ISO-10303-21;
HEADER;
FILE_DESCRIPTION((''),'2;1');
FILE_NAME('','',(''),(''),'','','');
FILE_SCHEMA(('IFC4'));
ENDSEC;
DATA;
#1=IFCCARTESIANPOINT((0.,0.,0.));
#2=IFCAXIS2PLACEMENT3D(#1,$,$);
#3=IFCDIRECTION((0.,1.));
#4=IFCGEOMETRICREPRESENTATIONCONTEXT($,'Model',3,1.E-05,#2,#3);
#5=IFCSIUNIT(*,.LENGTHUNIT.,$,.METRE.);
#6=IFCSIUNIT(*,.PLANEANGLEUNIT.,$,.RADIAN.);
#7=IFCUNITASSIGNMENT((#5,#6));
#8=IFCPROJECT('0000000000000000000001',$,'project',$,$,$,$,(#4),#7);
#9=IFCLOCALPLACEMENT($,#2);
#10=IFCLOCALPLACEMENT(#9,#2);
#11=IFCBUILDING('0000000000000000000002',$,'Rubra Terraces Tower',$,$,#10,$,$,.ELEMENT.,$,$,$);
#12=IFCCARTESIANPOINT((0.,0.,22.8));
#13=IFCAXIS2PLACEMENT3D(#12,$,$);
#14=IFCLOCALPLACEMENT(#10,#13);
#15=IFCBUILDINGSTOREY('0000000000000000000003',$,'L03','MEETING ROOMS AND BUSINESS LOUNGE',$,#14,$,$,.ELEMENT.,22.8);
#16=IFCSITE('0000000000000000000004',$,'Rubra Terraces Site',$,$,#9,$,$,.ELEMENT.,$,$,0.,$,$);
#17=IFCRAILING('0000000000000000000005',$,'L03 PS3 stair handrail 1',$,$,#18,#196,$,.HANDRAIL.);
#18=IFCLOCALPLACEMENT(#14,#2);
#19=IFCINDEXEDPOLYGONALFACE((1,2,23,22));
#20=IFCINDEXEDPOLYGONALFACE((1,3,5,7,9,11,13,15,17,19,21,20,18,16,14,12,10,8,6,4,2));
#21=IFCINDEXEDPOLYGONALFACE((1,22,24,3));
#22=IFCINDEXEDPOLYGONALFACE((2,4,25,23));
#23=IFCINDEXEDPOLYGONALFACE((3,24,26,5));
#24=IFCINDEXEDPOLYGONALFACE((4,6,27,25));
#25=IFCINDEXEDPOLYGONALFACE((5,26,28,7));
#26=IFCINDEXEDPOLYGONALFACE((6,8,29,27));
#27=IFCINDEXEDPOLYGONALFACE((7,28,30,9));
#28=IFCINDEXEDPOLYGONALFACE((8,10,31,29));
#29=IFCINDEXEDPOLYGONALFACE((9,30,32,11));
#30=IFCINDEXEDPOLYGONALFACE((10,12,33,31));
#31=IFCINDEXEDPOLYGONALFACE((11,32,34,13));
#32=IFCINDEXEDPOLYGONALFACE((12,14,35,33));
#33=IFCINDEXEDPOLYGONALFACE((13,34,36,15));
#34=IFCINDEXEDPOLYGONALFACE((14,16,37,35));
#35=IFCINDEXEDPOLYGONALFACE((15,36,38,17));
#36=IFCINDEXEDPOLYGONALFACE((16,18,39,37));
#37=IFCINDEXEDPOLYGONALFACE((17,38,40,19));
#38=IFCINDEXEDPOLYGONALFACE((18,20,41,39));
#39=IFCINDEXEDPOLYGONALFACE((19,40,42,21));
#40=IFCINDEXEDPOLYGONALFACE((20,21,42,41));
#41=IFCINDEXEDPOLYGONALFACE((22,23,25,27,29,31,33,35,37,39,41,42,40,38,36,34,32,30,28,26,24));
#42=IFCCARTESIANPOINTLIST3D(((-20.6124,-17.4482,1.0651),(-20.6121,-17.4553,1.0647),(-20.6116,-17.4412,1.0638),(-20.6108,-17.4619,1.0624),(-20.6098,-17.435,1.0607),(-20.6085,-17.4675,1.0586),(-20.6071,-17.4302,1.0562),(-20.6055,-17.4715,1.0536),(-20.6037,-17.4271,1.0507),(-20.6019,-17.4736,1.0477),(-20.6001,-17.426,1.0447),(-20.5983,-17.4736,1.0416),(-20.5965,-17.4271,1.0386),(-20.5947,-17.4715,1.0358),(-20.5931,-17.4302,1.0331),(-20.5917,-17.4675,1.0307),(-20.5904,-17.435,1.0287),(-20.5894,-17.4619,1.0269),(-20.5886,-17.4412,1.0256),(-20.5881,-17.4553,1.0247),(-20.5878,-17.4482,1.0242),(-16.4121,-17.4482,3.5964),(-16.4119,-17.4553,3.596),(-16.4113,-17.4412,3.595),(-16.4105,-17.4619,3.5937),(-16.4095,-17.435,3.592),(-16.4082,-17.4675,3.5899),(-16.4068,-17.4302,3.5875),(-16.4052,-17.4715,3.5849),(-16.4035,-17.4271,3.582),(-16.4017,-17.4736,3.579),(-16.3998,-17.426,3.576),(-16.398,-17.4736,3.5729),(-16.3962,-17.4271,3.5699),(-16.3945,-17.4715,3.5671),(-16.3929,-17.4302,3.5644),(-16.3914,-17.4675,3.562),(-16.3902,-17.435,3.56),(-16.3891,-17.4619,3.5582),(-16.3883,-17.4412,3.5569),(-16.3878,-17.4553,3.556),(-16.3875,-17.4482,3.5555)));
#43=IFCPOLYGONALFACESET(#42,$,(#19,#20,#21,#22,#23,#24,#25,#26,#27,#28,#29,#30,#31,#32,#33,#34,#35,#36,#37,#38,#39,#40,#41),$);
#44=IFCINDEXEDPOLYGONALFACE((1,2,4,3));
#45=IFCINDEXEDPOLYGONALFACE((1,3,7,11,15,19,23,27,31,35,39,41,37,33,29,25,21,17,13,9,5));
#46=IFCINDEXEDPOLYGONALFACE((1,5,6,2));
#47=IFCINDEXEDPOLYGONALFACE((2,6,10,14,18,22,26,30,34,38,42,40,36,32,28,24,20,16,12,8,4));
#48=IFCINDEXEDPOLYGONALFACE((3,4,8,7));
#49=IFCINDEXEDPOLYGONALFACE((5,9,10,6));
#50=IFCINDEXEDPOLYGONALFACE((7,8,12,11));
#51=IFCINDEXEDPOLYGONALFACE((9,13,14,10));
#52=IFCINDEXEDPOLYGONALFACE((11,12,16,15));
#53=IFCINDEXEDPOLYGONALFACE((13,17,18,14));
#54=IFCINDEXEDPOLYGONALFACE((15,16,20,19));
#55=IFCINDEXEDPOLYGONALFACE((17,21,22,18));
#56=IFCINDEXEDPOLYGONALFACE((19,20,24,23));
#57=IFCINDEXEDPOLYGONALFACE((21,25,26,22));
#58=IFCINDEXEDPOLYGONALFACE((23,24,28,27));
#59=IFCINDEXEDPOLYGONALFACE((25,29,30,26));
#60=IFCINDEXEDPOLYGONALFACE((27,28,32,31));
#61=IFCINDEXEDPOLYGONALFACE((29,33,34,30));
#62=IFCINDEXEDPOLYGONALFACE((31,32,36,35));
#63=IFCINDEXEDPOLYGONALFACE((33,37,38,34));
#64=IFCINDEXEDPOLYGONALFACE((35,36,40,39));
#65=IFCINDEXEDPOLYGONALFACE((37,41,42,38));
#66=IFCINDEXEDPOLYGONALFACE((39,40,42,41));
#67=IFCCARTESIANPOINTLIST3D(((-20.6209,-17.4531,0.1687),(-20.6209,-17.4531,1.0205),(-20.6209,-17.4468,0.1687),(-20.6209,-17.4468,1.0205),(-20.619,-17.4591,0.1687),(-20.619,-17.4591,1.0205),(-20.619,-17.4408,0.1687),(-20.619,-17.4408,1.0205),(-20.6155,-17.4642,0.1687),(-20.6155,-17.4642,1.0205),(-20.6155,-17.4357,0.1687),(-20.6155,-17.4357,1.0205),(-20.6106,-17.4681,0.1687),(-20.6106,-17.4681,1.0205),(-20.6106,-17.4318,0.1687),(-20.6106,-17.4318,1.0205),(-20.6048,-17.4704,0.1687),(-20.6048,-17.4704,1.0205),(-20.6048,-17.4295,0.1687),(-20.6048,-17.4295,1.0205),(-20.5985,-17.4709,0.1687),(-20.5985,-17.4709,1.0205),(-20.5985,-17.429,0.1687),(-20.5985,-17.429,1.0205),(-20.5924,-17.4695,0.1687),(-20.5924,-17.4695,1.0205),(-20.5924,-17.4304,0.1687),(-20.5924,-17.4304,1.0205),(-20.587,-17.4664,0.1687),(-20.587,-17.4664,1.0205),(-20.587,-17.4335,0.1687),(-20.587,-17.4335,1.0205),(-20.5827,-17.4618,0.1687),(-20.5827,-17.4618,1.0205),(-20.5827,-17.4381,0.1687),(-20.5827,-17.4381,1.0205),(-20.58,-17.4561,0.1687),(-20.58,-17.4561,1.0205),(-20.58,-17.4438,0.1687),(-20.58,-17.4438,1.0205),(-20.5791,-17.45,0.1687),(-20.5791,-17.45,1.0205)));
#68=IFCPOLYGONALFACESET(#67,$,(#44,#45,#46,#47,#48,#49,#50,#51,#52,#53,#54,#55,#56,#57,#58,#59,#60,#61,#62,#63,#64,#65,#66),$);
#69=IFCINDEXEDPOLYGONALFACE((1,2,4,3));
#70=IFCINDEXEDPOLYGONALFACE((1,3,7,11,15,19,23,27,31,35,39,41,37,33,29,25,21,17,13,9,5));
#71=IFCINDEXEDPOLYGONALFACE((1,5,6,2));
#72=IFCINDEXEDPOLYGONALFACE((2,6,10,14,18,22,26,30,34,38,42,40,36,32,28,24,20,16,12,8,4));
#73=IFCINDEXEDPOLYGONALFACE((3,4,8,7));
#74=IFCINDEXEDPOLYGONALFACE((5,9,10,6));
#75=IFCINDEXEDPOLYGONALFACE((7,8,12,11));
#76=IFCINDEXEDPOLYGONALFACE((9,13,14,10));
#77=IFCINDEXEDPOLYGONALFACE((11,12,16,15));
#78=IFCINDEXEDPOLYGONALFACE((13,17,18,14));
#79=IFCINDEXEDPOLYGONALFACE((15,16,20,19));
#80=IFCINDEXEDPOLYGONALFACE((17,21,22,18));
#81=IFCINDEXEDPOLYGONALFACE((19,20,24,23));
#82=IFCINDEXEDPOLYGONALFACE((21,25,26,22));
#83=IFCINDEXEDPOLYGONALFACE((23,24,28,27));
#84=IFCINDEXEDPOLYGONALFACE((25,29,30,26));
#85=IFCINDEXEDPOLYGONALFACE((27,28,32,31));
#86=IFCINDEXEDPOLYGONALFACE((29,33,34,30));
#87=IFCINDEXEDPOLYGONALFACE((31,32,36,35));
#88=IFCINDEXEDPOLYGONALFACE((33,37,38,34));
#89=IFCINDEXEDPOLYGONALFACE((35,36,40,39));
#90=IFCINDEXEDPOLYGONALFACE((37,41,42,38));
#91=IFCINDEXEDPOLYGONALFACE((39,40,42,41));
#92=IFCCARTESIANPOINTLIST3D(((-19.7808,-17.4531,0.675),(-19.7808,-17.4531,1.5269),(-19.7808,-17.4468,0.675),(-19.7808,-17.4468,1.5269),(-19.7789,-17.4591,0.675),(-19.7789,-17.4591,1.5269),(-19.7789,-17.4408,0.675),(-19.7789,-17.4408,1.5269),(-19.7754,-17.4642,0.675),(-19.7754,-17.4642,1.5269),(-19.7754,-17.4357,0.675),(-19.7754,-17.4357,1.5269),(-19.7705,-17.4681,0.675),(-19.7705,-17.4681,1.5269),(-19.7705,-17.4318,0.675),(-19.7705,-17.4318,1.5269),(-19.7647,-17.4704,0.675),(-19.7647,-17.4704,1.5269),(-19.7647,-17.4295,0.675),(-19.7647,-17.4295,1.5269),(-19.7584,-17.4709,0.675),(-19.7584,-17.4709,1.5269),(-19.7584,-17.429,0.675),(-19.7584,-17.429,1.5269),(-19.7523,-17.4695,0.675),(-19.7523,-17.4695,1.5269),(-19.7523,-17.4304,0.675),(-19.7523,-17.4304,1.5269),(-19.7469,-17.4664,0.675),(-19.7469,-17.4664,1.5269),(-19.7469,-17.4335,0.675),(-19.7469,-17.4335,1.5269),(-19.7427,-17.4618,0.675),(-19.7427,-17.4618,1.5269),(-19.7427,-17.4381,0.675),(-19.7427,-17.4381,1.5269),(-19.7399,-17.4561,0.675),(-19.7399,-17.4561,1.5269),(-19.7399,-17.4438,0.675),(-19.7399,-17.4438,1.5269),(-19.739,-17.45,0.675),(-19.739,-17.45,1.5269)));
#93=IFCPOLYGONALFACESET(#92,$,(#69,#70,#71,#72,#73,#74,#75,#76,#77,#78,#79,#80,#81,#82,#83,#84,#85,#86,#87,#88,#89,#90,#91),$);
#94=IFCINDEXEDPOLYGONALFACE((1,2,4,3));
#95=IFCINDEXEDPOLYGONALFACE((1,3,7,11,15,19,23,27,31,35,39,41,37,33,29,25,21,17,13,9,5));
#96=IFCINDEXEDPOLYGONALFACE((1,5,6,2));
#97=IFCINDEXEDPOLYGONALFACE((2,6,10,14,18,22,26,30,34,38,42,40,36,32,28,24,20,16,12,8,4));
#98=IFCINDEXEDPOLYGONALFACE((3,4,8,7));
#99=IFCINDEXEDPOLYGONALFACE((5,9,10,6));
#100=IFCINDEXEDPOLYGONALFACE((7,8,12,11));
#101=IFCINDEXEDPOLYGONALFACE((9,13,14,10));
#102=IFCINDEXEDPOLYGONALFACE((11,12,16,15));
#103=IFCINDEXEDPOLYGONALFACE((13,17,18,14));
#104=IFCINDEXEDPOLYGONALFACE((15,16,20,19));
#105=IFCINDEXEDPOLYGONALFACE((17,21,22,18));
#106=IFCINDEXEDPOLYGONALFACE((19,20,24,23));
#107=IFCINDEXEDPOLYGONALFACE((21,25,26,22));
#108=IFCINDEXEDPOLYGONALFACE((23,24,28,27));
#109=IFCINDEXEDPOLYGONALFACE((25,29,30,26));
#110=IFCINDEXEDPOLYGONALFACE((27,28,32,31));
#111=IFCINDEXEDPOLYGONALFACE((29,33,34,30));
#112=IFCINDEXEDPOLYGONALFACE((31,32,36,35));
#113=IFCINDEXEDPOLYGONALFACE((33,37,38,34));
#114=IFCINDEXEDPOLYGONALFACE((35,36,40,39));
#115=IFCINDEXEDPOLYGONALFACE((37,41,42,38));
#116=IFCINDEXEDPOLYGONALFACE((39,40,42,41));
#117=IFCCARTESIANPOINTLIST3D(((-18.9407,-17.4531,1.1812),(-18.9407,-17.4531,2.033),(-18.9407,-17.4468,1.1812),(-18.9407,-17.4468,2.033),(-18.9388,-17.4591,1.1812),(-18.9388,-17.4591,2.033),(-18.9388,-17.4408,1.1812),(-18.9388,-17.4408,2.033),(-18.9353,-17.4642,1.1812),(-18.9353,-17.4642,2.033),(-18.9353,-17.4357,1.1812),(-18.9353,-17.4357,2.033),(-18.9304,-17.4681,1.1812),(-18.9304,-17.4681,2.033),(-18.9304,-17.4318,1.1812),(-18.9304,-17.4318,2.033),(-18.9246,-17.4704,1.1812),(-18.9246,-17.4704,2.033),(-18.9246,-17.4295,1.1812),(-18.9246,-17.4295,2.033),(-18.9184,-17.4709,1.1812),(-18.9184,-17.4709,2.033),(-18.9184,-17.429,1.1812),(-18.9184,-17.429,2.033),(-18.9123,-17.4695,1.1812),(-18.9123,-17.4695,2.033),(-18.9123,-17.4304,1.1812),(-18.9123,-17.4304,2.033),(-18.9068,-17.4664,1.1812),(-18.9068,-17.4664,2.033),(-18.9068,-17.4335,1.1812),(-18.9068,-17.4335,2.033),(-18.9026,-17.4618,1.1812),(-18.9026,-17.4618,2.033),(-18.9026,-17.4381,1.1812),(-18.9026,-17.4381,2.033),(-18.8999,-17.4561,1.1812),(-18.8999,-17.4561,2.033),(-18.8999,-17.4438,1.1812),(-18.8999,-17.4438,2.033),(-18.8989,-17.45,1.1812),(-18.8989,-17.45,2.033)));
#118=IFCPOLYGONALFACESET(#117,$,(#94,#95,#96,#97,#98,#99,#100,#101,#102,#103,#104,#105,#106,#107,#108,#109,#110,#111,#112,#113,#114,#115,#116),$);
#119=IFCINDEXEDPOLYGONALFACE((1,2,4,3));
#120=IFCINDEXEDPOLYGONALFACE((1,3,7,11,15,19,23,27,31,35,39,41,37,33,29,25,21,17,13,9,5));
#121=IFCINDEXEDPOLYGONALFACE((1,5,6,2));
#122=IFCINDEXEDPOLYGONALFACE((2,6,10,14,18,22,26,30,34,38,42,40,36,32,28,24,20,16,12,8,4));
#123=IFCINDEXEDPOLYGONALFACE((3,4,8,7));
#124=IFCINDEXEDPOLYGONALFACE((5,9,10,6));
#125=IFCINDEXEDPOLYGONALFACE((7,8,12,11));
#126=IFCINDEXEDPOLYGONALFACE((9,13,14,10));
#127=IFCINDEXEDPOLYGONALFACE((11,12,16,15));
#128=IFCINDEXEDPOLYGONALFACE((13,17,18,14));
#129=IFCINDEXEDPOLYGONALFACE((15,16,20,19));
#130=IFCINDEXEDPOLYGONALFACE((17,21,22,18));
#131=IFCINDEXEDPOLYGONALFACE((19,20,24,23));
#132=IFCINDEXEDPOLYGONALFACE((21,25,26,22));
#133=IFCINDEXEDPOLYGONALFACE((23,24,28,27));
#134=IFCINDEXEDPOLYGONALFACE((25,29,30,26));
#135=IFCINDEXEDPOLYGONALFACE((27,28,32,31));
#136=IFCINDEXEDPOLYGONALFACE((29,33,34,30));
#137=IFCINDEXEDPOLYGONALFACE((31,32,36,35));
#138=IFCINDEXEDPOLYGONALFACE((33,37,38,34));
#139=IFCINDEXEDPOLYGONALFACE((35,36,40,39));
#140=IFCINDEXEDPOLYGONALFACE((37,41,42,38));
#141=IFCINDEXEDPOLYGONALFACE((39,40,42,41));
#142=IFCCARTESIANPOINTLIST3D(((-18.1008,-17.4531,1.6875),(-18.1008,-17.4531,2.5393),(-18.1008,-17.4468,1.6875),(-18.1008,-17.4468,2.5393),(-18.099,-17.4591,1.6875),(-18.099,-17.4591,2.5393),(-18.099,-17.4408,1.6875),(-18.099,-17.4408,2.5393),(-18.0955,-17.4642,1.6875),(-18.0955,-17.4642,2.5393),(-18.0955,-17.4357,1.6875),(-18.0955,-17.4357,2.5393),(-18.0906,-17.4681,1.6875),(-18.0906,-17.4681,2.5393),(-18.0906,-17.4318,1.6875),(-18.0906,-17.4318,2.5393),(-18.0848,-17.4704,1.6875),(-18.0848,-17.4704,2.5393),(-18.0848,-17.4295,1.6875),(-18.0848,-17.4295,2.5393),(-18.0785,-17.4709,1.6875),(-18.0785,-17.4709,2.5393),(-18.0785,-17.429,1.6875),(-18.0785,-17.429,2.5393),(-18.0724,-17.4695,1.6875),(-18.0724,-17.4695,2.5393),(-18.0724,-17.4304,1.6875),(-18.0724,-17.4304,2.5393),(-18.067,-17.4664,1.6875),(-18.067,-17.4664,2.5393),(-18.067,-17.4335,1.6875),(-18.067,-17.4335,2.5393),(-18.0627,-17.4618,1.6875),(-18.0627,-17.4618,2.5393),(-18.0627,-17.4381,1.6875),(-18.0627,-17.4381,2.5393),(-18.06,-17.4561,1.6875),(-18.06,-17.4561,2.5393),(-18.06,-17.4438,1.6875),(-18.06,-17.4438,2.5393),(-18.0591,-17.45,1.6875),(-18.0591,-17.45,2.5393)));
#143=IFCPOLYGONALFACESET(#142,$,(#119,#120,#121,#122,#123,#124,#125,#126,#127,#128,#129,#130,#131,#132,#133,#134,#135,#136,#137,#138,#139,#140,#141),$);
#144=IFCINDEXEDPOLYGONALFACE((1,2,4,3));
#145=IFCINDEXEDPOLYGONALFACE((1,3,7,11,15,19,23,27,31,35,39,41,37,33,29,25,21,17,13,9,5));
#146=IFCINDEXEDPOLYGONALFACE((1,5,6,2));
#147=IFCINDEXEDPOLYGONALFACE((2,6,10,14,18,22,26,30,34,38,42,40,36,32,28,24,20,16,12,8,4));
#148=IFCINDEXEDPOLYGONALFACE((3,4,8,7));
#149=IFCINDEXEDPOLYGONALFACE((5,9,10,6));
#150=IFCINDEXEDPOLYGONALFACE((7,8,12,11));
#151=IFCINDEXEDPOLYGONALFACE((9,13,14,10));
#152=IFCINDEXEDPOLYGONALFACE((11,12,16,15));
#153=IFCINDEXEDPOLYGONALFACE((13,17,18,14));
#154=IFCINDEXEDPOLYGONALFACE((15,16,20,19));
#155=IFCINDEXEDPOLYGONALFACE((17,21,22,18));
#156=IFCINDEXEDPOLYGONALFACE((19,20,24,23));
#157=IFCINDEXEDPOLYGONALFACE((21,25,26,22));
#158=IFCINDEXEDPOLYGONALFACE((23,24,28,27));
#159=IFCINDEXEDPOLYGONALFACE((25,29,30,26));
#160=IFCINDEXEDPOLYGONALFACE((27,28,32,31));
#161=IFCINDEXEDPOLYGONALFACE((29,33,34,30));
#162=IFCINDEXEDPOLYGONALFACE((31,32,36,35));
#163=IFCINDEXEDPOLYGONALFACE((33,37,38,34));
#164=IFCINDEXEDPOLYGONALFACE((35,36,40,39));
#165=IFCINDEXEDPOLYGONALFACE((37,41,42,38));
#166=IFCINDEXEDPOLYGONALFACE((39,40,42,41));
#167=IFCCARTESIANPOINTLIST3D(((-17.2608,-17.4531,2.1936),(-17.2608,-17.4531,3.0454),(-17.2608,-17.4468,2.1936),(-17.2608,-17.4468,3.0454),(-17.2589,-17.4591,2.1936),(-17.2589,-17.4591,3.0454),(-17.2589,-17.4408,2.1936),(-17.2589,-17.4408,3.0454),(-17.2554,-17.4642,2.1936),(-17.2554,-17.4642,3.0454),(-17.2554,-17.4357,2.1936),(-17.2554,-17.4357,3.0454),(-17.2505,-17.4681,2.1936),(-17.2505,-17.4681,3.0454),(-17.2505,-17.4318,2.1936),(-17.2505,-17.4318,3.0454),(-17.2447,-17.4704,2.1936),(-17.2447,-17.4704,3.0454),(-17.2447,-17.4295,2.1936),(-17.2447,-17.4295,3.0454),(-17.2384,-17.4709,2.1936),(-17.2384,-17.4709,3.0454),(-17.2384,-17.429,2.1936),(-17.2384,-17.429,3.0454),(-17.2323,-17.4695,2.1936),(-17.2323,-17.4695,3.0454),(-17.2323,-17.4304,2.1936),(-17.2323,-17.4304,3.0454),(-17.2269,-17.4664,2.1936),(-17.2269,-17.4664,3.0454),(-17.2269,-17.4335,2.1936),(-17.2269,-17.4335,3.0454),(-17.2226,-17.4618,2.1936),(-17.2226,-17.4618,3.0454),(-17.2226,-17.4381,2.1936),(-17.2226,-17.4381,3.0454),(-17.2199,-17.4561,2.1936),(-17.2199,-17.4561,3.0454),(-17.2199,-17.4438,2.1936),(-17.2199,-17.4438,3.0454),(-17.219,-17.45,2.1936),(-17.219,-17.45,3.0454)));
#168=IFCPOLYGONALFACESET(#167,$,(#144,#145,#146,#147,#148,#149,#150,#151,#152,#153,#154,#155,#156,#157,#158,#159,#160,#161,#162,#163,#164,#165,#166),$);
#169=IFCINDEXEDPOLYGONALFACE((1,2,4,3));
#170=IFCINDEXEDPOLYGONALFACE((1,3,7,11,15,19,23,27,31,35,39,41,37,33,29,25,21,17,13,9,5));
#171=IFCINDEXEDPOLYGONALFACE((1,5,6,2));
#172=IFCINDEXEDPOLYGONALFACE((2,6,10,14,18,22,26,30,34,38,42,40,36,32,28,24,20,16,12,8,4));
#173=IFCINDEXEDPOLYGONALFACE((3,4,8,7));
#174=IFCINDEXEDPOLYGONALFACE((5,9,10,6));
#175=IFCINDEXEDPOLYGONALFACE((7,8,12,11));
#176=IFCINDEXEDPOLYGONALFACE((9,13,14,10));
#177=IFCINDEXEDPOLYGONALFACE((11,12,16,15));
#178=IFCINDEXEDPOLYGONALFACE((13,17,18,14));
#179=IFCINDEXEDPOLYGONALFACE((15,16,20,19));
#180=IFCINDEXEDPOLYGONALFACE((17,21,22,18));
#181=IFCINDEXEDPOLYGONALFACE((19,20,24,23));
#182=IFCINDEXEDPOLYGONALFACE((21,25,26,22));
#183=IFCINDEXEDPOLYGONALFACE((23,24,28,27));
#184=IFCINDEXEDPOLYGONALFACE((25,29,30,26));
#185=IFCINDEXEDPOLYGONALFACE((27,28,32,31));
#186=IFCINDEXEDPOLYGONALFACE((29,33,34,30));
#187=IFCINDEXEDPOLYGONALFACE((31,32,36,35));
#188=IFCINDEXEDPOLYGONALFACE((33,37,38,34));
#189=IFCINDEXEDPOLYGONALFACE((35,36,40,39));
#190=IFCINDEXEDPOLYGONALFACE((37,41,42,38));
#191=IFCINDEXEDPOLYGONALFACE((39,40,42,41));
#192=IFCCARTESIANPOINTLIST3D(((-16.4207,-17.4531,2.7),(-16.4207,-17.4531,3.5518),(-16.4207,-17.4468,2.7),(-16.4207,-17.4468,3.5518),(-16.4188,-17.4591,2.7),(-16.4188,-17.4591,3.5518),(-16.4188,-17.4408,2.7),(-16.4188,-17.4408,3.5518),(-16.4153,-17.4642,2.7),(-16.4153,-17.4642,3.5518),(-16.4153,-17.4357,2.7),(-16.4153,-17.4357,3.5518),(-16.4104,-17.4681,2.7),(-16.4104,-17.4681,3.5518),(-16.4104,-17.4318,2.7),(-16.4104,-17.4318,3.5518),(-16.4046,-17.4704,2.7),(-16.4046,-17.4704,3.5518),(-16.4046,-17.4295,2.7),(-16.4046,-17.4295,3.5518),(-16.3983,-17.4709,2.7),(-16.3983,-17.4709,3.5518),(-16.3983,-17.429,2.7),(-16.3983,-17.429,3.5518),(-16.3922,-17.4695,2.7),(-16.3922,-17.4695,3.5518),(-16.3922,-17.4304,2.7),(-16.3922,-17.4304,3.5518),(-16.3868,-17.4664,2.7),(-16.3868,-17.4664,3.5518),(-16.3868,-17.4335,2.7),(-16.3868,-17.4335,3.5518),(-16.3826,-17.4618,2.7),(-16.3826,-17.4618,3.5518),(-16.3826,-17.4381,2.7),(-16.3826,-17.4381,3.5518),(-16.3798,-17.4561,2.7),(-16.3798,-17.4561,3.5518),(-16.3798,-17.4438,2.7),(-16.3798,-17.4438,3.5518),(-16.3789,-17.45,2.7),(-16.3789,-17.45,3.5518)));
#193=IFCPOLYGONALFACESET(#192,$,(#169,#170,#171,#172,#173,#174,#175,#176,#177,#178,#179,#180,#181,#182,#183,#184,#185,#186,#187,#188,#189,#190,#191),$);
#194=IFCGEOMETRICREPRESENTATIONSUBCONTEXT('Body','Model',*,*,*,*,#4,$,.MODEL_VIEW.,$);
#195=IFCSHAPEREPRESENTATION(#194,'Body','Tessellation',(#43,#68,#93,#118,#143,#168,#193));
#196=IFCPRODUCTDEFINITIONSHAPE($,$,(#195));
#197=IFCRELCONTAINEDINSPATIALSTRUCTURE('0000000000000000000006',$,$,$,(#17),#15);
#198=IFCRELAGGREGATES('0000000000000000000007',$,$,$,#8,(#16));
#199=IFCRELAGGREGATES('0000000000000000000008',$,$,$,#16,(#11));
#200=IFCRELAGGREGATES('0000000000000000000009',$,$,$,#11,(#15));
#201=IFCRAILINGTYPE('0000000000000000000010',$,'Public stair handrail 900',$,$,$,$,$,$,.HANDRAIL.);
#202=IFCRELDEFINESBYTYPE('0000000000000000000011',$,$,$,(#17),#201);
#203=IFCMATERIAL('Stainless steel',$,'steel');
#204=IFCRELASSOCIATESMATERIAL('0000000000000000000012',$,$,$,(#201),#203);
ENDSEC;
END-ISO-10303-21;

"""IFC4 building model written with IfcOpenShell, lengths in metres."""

from ifc_helpers import new_model, si_unit, direction, frame, origin, origin_2d, place, context, subcontext, project, spatial, circle, extrude, material, type_object, element, save


model = new_model("IFC4")

# Units and contexts
model_context = context("Model", 3, precision=1e-05, world=origin(), true_north=direction((0.0, 1.0)))
body_context = subcontext(model_context, "Body", "Model", "MODEL_VIEW")
ifc_project = project(units=[si_unit("LENGTHUNIT", "METRE"), si_unit("PLANEANGLEUNIT", "RADIAN")], contexts=[model_context])

# Site, building, storey
site_placement = place(None, origin())
site = spatial("IfcSite", under=ifc_project, at=site_placement, Name="Rubra Terraces Site", CompositionType="ELEMENT", RefElevation=0.0)
building_placement = place(site_placement, origin())
building = spatial("IfcBuilding", under=site, at=building_placement, Name="Rubra Terraces Tower", CompositionType="ELEMENT")
storey_placement = place(building_placement, frame((0.0, 0.0, 22.8)))
storey = spatial("IfcBuildingStorey", under=building, at=storey_placement, Name="L03", Description="MEETING ROOMS AND BUSINESS LOUNGE", CompositionType="ELEMENT", Elevation=22.8)

# Railing
ifc_material_1 = material(Name="Stainless steel", Category="steel")
railing_type_1 = type_object("IfcRailingType", Name="Public stair handrail 900", PredefinedType="HANDRAIL", material=ifc_material_1)
railing_1_placement = place(storey_placement, frame((-20.6001, -17.45, 0.1687)))
element("IfcRailing", 1, at=railing_1_placement, inside=storey, type_object=railing_type_1, Name="L03 PS3 stair handrail 1", PredefinedType="HANDRAIL", context=body_context, shape_type="SweptSolid", body=[
    extrude(circle(Radius=0.0239, at=origin_2d()), frame((0.0, 0.0, 0.876), z_axis=(0.85649, 0.0, 0.516164), x_axis=(0.0, 1.0, 0.0)), (0.0, 0.0, 1.0), 4.9041),
    extrude(circle(Radius=0.021, at=origin_2d()), origin(), (0.0, 0.0, 1.0), 0.8518),
    extrude(circle(Radius=0.021, at=origin_2d()), frame((0.8401, 0.0, 0.5063)), (0.0, 0.0, 1.0), 0.8518),
    extrude(circle(Radius=0.021, at=origin_2d()), frame((1.6802, 0.0, 1.0125)), (0.0, 0.0, 1.0), 0.8518),
    extrude(circle(Radius=0.021, at=origin_2d()), frame((2.52, 0.0, 1.5188)), (0.0, 0.0, 1.0), 0.8518),
    extrude(circle(Radius=0.021, at=origin_2d()), frame((3.3601, 0.0, 2.0249)), (0.0, 0.0, 1.0), 0.8518),
    extrude(circle(Radius=0.021, at=origin_2d()), frame((4.2002, 0.0, 2.5312)), (0.0, 0.0, 1.0), 0.8518),
])

save(model, "model.ifc")
